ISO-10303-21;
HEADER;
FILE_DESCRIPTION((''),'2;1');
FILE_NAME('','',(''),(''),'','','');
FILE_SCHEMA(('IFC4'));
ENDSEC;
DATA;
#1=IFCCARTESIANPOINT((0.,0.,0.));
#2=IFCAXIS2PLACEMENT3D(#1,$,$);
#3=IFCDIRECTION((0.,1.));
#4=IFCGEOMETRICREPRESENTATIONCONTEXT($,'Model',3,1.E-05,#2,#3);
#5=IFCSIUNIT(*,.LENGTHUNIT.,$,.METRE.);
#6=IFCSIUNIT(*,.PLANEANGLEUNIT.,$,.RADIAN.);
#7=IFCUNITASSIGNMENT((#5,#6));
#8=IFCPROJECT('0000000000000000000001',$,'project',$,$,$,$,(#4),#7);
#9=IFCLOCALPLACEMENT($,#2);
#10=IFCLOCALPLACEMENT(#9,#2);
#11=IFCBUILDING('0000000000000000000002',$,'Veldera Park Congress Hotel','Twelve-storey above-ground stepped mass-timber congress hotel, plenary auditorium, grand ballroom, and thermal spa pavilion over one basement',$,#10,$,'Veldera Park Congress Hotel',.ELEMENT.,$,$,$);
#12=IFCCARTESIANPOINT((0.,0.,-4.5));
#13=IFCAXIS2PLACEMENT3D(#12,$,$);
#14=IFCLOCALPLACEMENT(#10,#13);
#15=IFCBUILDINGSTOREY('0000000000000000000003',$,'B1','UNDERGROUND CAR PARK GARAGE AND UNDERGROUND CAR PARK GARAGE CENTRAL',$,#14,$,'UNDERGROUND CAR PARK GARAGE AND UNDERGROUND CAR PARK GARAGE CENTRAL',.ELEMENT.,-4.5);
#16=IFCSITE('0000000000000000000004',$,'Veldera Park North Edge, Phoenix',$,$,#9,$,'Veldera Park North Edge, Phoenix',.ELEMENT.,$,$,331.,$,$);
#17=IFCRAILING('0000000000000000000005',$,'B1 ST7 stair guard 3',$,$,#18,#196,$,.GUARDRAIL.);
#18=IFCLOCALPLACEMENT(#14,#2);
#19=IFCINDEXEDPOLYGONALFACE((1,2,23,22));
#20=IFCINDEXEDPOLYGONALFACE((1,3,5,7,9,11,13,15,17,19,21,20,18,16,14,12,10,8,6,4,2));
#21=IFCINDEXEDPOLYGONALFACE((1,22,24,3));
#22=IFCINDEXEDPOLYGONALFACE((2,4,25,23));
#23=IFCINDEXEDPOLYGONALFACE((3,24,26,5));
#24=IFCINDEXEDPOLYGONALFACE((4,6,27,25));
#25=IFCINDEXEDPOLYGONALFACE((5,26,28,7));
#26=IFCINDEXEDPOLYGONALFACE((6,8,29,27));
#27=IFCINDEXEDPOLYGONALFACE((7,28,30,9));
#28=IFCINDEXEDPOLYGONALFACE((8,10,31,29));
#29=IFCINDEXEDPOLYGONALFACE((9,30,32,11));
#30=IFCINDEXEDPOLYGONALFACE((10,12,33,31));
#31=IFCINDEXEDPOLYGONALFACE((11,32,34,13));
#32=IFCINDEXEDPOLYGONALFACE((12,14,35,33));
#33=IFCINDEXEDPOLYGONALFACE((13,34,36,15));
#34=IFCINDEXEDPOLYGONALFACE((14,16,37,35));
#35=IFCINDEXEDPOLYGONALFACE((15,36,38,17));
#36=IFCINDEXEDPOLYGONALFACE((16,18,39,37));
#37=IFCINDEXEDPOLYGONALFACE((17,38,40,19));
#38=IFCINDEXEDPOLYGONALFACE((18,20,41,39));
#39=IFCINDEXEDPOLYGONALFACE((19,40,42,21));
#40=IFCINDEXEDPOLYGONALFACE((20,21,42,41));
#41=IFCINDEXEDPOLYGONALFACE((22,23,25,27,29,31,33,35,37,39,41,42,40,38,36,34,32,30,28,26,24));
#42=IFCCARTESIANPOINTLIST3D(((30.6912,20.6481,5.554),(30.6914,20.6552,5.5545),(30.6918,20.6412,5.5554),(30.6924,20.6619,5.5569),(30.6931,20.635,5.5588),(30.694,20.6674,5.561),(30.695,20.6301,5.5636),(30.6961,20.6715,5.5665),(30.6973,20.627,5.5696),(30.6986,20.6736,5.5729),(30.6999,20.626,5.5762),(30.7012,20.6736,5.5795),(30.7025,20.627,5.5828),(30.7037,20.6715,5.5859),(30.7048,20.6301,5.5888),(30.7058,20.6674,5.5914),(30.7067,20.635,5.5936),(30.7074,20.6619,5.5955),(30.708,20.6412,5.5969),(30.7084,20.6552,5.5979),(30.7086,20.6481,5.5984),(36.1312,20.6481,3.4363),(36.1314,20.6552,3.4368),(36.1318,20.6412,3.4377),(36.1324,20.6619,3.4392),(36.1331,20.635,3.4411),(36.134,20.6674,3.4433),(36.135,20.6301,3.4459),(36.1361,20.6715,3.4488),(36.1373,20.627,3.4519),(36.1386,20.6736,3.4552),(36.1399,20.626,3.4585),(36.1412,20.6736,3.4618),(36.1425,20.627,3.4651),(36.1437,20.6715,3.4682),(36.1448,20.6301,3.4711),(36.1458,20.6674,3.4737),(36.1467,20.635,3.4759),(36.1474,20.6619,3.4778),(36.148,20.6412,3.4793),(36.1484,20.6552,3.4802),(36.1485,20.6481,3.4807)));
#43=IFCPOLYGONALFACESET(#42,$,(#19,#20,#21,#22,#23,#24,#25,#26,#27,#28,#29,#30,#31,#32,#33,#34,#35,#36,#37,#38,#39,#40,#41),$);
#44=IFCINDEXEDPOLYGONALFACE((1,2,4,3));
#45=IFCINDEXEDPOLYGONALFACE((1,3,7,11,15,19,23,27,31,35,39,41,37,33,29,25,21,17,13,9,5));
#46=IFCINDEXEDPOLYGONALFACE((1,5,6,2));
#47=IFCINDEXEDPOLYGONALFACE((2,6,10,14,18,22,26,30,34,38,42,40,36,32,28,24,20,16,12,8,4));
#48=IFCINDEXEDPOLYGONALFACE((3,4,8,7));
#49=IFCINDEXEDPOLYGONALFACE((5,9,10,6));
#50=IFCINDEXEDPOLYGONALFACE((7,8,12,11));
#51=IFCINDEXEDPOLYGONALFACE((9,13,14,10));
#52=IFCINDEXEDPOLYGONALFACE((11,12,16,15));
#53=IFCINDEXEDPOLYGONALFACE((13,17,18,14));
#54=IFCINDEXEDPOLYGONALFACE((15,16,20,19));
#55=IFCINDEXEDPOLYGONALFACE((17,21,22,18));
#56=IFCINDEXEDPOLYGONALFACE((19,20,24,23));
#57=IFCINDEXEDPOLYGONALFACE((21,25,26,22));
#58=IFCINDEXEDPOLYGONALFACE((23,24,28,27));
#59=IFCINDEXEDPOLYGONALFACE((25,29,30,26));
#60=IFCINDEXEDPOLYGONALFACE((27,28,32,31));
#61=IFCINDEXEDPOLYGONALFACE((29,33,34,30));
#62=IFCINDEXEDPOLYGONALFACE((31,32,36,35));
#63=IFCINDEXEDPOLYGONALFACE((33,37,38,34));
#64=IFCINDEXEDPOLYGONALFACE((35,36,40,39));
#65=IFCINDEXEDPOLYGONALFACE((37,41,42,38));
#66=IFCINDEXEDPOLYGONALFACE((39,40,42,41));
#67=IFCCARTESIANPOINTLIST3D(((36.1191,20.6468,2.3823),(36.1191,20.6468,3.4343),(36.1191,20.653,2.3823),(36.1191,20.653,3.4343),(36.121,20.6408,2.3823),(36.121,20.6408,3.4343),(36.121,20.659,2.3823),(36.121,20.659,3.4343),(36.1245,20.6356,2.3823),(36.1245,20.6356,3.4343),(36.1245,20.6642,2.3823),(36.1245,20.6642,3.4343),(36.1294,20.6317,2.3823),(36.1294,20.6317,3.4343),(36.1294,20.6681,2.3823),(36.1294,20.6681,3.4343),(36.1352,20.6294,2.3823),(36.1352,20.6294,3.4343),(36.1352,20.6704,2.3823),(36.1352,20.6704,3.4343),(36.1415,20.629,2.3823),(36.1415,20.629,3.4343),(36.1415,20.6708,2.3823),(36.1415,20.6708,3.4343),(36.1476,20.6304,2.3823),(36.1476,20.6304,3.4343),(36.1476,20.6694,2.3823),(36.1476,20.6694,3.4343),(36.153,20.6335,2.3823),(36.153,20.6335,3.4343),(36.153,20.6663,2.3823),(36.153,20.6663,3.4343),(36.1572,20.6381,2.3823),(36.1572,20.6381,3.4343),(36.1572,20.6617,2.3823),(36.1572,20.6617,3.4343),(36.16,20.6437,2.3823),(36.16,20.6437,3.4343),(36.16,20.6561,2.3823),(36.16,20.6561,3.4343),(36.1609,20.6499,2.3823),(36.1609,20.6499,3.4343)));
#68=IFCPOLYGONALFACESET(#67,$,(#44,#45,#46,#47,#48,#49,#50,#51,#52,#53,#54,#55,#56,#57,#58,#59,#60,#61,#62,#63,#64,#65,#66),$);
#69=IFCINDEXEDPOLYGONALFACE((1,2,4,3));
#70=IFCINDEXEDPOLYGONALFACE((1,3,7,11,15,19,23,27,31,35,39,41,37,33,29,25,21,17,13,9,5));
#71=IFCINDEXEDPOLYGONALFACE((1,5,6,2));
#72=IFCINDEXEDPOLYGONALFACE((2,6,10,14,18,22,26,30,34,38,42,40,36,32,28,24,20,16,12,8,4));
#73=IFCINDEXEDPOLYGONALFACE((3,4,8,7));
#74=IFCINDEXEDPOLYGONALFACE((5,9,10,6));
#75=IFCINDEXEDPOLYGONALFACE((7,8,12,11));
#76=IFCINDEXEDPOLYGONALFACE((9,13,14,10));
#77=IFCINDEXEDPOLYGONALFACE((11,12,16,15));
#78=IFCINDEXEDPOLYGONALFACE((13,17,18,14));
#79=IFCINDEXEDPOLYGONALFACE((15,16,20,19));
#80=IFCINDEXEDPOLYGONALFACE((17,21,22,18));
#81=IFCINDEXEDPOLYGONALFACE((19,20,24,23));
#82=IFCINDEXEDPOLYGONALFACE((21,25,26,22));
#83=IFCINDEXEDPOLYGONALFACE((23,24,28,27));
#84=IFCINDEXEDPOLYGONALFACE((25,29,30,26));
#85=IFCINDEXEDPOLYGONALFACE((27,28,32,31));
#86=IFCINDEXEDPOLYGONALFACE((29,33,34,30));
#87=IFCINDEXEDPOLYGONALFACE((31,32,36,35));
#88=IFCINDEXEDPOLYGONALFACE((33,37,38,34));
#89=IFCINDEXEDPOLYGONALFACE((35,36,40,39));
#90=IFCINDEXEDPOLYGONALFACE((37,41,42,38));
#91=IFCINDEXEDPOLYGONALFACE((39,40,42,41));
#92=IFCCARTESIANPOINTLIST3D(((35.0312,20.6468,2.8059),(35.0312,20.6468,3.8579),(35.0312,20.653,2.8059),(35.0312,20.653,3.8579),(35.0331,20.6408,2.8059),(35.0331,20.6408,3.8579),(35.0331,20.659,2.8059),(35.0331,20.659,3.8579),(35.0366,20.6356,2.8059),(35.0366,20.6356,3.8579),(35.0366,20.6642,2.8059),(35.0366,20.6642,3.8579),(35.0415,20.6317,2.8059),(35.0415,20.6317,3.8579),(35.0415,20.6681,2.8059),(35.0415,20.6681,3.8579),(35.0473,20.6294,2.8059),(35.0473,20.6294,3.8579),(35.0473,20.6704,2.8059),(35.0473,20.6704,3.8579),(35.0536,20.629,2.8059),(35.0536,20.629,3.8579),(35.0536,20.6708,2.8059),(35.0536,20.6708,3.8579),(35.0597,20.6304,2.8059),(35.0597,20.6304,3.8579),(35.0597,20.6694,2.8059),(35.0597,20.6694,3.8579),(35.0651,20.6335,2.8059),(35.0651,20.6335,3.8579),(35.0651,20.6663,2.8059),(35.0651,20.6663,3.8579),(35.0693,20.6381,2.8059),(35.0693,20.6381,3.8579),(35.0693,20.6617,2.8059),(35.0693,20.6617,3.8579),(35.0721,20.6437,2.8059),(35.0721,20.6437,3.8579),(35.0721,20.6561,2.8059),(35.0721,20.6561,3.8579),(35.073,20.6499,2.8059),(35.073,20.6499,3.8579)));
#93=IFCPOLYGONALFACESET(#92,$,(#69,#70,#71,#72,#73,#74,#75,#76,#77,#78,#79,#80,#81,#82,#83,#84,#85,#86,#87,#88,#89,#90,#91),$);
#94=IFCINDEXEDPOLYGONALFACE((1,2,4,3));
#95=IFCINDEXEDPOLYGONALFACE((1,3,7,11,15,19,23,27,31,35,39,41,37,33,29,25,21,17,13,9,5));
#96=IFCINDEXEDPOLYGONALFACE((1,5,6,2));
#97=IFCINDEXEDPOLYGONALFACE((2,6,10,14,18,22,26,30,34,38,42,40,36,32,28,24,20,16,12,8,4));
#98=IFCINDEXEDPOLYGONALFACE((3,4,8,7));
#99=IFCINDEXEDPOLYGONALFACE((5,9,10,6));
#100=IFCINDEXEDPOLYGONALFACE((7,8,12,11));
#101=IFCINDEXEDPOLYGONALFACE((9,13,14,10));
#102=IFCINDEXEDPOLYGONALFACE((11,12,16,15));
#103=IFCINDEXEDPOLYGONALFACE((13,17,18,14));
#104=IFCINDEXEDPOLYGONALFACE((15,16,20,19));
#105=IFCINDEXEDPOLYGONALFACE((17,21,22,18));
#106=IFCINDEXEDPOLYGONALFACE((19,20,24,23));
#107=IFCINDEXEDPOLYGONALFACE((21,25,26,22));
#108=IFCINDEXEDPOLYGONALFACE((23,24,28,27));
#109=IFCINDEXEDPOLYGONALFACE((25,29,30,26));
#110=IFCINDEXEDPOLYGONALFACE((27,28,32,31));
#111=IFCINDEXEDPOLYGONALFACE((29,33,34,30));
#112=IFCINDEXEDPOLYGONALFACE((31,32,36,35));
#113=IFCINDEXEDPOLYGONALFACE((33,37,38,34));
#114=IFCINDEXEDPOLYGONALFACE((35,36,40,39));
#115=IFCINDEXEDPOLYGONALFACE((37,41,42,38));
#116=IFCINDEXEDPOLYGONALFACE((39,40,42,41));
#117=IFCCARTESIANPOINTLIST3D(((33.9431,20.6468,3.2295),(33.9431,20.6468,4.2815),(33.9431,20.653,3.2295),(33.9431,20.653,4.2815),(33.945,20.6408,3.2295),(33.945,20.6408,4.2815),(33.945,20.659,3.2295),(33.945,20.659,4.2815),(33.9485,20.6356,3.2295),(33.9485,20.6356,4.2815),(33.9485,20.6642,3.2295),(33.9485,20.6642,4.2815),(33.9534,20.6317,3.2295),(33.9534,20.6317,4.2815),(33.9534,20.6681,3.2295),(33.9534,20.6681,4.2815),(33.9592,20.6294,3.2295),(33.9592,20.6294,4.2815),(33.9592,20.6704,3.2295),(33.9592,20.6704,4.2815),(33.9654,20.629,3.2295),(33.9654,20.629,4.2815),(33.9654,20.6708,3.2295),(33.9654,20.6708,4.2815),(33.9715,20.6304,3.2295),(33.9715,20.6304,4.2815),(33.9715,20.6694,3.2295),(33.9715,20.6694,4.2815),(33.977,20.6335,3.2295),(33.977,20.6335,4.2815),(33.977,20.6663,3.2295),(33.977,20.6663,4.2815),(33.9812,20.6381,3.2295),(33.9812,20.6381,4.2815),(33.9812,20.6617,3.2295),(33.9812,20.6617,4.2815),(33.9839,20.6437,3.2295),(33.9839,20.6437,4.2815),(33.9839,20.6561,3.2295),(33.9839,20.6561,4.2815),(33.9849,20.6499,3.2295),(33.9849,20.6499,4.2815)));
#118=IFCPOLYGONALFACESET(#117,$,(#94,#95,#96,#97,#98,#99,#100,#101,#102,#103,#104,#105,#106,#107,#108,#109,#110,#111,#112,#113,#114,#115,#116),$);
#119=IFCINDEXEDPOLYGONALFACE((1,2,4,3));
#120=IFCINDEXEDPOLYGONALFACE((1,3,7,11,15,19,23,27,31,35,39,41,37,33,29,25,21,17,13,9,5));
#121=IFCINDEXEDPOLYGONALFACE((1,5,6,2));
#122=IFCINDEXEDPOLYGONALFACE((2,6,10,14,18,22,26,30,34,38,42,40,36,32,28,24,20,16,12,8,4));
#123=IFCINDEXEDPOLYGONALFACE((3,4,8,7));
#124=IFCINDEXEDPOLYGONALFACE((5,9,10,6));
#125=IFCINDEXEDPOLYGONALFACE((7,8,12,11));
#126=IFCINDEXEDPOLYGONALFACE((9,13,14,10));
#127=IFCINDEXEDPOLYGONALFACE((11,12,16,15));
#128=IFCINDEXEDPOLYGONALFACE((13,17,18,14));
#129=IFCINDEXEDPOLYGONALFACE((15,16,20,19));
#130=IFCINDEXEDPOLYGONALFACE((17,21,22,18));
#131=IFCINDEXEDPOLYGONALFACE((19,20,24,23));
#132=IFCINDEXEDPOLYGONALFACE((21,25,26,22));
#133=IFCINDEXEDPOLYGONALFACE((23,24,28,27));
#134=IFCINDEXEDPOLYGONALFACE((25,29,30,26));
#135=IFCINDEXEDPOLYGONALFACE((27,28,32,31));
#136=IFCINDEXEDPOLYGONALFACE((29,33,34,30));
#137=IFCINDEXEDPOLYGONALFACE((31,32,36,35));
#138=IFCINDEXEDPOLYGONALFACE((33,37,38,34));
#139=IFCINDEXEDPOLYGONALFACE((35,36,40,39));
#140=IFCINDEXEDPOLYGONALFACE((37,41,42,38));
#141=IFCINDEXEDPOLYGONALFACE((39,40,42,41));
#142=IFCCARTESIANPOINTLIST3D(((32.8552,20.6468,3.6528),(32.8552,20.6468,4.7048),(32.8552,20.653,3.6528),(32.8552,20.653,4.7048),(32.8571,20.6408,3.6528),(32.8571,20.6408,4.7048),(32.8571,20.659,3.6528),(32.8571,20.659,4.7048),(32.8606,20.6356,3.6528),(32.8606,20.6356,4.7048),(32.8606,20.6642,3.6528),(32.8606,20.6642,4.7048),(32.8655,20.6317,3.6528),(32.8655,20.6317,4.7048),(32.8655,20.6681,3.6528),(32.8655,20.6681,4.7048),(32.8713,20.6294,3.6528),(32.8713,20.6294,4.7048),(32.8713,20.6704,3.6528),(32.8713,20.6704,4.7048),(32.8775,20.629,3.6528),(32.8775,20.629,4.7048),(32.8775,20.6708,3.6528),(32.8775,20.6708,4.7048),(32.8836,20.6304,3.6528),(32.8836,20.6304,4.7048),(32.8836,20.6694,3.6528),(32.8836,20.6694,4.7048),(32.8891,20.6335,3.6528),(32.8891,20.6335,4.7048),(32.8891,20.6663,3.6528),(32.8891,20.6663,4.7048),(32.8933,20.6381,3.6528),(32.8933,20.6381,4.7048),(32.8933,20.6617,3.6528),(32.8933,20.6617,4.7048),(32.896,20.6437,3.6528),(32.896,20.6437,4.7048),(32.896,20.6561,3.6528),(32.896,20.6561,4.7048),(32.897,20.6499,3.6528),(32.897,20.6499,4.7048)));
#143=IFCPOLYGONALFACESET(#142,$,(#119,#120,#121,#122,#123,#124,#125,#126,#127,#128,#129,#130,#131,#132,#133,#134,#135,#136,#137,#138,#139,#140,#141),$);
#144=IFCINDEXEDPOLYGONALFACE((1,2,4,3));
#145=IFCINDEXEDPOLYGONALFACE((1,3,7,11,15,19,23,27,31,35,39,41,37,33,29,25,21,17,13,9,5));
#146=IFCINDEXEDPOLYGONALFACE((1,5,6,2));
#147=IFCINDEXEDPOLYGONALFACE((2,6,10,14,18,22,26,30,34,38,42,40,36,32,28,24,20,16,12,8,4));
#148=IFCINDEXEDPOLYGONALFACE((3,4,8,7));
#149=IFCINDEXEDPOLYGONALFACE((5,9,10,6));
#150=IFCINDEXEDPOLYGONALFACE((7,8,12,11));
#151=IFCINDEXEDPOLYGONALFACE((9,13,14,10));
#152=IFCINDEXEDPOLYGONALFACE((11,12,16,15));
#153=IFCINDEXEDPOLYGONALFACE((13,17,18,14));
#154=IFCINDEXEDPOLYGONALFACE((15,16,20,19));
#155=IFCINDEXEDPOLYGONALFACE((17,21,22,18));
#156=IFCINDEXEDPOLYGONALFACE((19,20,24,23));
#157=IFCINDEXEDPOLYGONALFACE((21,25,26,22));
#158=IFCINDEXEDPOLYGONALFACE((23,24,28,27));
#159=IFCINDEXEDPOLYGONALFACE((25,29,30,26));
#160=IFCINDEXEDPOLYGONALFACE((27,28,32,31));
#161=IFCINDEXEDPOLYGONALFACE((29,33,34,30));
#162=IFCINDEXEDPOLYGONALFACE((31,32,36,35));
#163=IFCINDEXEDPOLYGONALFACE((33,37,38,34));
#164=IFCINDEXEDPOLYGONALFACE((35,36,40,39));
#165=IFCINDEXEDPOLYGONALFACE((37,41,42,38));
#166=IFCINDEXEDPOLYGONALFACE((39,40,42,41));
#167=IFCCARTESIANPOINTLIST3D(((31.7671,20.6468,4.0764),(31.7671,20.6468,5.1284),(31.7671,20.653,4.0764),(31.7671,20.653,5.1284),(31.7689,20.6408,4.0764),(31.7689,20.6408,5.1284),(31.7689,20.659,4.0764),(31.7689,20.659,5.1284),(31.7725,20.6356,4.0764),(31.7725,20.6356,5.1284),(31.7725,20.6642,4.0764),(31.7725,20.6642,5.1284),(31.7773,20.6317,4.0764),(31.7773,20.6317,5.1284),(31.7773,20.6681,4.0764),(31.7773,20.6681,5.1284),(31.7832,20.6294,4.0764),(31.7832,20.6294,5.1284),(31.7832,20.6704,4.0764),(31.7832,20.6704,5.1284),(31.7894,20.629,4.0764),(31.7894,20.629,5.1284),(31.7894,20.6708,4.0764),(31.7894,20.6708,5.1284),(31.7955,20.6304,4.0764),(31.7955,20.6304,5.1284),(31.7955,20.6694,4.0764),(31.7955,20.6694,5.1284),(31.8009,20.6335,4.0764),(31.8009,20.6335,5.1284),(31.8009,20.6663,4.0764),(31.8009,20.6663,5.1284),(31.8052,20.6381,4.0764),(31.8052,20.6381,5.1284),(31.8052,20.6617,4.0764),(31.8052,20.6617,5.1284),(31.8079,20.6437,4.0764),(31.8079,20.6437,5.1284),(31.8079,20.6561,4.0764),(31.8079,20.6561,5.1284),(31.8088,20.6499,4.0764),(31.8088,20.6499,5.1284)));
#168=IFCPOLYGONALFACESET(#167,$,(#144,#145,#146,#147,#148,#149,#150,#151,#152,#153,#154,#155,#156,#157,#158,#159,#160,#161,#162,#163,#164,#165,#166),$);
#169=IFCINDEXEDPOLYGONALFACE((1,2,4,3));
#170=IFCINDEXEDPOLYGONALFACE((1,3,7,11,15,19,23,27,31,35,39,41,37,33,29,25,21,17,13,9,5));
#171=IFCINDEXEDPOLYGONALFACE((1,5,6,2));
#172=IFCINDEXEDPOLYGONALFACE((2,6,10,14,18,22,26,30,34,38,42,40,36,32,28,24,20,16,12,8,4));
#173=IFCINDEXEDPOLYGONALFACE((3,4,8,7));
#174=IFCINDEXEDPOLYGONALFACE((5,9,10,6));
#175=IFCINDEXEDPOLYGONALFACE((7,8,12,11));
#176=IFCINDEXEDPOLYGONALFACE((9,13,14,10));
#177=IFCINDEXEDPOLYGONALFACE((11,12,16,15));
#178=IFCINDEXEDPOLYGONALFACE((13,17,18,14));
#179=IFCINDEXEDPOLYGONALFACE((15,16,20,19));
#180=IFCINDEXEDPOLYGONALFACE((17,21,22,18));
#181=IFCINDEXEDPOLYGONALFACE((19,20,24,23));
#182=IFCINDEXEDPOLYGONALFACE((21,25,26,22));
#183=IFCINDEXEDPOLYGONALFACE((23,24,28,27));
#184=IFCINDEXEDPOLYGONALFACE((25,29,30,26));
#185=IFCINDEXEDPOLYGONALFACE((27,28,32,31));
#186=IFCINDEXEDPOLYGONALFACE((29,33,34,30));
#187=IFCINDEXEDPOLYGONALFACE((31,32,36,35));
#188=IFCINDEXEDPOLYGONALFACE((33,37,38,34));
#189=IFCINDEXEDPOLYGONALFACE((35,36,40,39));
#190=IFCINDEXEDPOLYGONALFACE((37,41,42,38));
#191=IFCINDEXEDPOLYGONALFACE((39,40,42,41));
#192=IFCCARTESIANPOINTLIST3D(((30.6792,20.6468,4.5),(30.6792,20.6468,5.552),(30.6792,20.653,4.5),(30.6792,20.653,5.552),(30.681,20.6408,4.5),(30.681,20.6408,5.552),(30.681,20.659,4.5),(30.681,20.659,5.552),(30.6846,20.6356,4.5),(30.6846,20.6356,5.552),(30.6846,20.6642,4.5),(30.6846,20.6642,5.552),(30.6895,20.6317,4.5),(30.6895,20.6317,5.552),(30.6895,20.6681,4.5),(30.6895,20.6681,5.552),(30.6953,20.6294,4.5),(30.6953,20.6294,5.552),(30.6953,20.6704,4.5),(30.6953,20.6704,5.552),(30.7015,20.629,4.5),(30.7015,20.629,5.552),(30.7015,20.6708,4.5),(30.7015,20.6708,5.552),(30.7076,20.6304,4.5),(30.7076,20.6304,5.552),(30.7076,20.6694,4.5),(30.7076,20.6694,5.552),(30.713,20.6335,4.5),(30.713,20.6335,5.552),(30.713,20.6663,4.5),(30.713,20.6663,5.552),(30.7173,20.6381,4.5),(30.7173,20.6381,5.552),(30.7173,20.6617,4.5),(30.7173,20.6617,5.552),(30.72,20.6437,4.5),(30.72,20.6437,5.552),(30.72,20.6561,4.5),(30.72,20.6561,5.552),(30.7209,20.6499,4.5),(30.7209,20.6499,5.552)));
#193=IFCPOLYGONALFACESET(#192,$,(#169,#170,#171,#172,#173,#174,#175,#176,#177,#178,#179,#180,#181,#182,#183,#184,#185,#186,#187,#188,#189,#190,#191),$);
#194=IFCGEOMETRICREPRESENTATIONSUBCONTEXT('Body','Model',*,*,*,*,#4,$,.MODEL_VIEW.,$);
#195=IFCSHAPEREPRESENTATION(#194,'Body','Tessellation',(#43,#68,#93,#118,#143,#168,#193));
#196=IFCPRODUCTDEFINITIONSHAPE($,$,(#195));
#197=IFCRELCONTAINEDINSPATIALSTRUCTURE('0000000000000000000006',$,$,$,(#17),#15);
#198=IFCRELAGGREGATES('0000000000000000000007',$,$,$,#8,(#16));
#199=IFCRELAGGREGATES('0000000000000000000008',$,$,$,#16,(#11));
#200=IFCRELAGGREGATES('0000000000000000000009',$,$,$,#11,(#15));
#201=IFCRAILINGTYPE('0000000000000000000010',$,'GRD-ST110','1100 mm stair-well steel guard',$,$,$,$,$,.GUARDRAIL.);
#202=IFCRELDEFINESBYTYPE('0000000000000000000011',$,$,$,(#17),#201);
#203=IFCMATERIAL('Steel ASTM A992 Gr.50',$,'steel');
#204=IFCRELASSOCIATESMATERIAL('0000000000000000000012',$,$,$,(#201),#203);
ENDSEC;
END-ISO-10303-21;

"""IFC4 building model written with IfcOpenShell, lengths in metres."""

from ifc_helpers import new_model, si_unit, direction, frame, origin, origin_2d, place, context, subcontext, project, spatial, circle, extrude, material, type_object, element, save


model = new_model("IFC4")

# Units and contexts
model_context = context("Model", 3, precision=1e-05, world=origin(), true_north=direction((0.0, 1.0)))
body_context = subcontext(model_context, "Body", "Model", "MODEL_VIEW")
ifc_project = project(units=[si_unit("LENGTHUNIT", "METRE"), si_unit("PLANEANGLEUNIT", "RADIAN")], contexts=[model_context])

# Site, building, storey
site_placement = place(None, origin())
site = spatial("IfcSite", under=ifc_project, at=site_placement, Name="Veldera Park North Edge, Phoenix", LongName="Veldera Park North Edge, Phoenix", CompositionType="ELEMENT", RefElevation=331.0)
building_placement = place(site_placement, origin())
building = spatial("IfcBuilding", under=site, at=building_placement, Name="Veldera Park Congress Hotel", Description="Twelve-storey above-ground stepped mass-timber congress hotel, plenary auditorium, grand ballroom, and thermal spa pavilion over one basement", LongName="Veldera Park Congress Hotel", CompositionType="ELEMENT")
storey_placement = place(building_placement, frame((0.0, 0.0, -4.5)))
storey = spatial("IfcBuildingStorey", under=building, at=storey_placement, Name="B1", Description="UNDERGROUND CAR PARK GARAGE AND UNDERGROUND CAR PARK GARAGE CENTRAL", LongName="UNDERGROUND CAR PARK GARAGE AND UNDERGROUND CAR PARK GARAGE CENTRAL", CompositionType="ELEMENT", Elevation=-4.5)

# Railing
ifc_material_1 = material(Name="Steel ASTM A992 Gr.50", Category="steel")
railing_type_1 = type_object("IfcRailingType", Name="GRD-ST110", Description="1100 mm stair-well steel guard", PredefinedType="GUARDRAIL", material=ifc_material_1)
railing_1_placement = place(storey_placement, frame((36.1399, 20.6499, 2.3823)))
element("IfcRailing", 1, at=railing_1_placement, inside=storey, type_object=railing_type_1, Name="B1 ST7 stair guard 3", PredefinedType="GUARDRAIL", context=body_context, shape_type="SweptSolid", body=[
    extrude(circle(Radius=0.0239, at=origin_2d()), frame((0.0, 0.0, 1.0762), z_axis=(-0.931881, 0.0, 0.362765), x_axis=(0.0, -1.0, 0.0)), (0.0, 0.0, 1.0), 5.8376),
    extrude(circle(Radius=0.021, at=origin_2d()), origin(), (0.0, 0.0, 1.0), 1.052),
    extrude(circle(Radius=0.021, at=origin_2d()), frame((-1.0879, 0.0, 0.4236)), (0.0, 0.0, 1.0), 1.052),
    extrude(circle(Radius=0.021, at=origin_2d()), frame((-2.176, 0.0, 0.8472)), (0.0, 0.0, 1.0), 1.052),
    extrude(circle(Radius=0.021, at=origin_2d()), frame((-3.2639, 0.0, 1.2705)), (0.0, 0.0, 1.0), 1.052),
    extrude(circle(Radius=0.021, at=origin_2d()), frame((-4.3521, 0.0, 1.6941)), (0.0, 0.0, 1.0), 1.052),
    extrude(circle(Radius=0.021, at=origin_2d()), frame((-5.4399, 0.0, 2.1177)), (0.0, 0.0, 1.0), 1.052),
])

save(model, "model.ifc")
